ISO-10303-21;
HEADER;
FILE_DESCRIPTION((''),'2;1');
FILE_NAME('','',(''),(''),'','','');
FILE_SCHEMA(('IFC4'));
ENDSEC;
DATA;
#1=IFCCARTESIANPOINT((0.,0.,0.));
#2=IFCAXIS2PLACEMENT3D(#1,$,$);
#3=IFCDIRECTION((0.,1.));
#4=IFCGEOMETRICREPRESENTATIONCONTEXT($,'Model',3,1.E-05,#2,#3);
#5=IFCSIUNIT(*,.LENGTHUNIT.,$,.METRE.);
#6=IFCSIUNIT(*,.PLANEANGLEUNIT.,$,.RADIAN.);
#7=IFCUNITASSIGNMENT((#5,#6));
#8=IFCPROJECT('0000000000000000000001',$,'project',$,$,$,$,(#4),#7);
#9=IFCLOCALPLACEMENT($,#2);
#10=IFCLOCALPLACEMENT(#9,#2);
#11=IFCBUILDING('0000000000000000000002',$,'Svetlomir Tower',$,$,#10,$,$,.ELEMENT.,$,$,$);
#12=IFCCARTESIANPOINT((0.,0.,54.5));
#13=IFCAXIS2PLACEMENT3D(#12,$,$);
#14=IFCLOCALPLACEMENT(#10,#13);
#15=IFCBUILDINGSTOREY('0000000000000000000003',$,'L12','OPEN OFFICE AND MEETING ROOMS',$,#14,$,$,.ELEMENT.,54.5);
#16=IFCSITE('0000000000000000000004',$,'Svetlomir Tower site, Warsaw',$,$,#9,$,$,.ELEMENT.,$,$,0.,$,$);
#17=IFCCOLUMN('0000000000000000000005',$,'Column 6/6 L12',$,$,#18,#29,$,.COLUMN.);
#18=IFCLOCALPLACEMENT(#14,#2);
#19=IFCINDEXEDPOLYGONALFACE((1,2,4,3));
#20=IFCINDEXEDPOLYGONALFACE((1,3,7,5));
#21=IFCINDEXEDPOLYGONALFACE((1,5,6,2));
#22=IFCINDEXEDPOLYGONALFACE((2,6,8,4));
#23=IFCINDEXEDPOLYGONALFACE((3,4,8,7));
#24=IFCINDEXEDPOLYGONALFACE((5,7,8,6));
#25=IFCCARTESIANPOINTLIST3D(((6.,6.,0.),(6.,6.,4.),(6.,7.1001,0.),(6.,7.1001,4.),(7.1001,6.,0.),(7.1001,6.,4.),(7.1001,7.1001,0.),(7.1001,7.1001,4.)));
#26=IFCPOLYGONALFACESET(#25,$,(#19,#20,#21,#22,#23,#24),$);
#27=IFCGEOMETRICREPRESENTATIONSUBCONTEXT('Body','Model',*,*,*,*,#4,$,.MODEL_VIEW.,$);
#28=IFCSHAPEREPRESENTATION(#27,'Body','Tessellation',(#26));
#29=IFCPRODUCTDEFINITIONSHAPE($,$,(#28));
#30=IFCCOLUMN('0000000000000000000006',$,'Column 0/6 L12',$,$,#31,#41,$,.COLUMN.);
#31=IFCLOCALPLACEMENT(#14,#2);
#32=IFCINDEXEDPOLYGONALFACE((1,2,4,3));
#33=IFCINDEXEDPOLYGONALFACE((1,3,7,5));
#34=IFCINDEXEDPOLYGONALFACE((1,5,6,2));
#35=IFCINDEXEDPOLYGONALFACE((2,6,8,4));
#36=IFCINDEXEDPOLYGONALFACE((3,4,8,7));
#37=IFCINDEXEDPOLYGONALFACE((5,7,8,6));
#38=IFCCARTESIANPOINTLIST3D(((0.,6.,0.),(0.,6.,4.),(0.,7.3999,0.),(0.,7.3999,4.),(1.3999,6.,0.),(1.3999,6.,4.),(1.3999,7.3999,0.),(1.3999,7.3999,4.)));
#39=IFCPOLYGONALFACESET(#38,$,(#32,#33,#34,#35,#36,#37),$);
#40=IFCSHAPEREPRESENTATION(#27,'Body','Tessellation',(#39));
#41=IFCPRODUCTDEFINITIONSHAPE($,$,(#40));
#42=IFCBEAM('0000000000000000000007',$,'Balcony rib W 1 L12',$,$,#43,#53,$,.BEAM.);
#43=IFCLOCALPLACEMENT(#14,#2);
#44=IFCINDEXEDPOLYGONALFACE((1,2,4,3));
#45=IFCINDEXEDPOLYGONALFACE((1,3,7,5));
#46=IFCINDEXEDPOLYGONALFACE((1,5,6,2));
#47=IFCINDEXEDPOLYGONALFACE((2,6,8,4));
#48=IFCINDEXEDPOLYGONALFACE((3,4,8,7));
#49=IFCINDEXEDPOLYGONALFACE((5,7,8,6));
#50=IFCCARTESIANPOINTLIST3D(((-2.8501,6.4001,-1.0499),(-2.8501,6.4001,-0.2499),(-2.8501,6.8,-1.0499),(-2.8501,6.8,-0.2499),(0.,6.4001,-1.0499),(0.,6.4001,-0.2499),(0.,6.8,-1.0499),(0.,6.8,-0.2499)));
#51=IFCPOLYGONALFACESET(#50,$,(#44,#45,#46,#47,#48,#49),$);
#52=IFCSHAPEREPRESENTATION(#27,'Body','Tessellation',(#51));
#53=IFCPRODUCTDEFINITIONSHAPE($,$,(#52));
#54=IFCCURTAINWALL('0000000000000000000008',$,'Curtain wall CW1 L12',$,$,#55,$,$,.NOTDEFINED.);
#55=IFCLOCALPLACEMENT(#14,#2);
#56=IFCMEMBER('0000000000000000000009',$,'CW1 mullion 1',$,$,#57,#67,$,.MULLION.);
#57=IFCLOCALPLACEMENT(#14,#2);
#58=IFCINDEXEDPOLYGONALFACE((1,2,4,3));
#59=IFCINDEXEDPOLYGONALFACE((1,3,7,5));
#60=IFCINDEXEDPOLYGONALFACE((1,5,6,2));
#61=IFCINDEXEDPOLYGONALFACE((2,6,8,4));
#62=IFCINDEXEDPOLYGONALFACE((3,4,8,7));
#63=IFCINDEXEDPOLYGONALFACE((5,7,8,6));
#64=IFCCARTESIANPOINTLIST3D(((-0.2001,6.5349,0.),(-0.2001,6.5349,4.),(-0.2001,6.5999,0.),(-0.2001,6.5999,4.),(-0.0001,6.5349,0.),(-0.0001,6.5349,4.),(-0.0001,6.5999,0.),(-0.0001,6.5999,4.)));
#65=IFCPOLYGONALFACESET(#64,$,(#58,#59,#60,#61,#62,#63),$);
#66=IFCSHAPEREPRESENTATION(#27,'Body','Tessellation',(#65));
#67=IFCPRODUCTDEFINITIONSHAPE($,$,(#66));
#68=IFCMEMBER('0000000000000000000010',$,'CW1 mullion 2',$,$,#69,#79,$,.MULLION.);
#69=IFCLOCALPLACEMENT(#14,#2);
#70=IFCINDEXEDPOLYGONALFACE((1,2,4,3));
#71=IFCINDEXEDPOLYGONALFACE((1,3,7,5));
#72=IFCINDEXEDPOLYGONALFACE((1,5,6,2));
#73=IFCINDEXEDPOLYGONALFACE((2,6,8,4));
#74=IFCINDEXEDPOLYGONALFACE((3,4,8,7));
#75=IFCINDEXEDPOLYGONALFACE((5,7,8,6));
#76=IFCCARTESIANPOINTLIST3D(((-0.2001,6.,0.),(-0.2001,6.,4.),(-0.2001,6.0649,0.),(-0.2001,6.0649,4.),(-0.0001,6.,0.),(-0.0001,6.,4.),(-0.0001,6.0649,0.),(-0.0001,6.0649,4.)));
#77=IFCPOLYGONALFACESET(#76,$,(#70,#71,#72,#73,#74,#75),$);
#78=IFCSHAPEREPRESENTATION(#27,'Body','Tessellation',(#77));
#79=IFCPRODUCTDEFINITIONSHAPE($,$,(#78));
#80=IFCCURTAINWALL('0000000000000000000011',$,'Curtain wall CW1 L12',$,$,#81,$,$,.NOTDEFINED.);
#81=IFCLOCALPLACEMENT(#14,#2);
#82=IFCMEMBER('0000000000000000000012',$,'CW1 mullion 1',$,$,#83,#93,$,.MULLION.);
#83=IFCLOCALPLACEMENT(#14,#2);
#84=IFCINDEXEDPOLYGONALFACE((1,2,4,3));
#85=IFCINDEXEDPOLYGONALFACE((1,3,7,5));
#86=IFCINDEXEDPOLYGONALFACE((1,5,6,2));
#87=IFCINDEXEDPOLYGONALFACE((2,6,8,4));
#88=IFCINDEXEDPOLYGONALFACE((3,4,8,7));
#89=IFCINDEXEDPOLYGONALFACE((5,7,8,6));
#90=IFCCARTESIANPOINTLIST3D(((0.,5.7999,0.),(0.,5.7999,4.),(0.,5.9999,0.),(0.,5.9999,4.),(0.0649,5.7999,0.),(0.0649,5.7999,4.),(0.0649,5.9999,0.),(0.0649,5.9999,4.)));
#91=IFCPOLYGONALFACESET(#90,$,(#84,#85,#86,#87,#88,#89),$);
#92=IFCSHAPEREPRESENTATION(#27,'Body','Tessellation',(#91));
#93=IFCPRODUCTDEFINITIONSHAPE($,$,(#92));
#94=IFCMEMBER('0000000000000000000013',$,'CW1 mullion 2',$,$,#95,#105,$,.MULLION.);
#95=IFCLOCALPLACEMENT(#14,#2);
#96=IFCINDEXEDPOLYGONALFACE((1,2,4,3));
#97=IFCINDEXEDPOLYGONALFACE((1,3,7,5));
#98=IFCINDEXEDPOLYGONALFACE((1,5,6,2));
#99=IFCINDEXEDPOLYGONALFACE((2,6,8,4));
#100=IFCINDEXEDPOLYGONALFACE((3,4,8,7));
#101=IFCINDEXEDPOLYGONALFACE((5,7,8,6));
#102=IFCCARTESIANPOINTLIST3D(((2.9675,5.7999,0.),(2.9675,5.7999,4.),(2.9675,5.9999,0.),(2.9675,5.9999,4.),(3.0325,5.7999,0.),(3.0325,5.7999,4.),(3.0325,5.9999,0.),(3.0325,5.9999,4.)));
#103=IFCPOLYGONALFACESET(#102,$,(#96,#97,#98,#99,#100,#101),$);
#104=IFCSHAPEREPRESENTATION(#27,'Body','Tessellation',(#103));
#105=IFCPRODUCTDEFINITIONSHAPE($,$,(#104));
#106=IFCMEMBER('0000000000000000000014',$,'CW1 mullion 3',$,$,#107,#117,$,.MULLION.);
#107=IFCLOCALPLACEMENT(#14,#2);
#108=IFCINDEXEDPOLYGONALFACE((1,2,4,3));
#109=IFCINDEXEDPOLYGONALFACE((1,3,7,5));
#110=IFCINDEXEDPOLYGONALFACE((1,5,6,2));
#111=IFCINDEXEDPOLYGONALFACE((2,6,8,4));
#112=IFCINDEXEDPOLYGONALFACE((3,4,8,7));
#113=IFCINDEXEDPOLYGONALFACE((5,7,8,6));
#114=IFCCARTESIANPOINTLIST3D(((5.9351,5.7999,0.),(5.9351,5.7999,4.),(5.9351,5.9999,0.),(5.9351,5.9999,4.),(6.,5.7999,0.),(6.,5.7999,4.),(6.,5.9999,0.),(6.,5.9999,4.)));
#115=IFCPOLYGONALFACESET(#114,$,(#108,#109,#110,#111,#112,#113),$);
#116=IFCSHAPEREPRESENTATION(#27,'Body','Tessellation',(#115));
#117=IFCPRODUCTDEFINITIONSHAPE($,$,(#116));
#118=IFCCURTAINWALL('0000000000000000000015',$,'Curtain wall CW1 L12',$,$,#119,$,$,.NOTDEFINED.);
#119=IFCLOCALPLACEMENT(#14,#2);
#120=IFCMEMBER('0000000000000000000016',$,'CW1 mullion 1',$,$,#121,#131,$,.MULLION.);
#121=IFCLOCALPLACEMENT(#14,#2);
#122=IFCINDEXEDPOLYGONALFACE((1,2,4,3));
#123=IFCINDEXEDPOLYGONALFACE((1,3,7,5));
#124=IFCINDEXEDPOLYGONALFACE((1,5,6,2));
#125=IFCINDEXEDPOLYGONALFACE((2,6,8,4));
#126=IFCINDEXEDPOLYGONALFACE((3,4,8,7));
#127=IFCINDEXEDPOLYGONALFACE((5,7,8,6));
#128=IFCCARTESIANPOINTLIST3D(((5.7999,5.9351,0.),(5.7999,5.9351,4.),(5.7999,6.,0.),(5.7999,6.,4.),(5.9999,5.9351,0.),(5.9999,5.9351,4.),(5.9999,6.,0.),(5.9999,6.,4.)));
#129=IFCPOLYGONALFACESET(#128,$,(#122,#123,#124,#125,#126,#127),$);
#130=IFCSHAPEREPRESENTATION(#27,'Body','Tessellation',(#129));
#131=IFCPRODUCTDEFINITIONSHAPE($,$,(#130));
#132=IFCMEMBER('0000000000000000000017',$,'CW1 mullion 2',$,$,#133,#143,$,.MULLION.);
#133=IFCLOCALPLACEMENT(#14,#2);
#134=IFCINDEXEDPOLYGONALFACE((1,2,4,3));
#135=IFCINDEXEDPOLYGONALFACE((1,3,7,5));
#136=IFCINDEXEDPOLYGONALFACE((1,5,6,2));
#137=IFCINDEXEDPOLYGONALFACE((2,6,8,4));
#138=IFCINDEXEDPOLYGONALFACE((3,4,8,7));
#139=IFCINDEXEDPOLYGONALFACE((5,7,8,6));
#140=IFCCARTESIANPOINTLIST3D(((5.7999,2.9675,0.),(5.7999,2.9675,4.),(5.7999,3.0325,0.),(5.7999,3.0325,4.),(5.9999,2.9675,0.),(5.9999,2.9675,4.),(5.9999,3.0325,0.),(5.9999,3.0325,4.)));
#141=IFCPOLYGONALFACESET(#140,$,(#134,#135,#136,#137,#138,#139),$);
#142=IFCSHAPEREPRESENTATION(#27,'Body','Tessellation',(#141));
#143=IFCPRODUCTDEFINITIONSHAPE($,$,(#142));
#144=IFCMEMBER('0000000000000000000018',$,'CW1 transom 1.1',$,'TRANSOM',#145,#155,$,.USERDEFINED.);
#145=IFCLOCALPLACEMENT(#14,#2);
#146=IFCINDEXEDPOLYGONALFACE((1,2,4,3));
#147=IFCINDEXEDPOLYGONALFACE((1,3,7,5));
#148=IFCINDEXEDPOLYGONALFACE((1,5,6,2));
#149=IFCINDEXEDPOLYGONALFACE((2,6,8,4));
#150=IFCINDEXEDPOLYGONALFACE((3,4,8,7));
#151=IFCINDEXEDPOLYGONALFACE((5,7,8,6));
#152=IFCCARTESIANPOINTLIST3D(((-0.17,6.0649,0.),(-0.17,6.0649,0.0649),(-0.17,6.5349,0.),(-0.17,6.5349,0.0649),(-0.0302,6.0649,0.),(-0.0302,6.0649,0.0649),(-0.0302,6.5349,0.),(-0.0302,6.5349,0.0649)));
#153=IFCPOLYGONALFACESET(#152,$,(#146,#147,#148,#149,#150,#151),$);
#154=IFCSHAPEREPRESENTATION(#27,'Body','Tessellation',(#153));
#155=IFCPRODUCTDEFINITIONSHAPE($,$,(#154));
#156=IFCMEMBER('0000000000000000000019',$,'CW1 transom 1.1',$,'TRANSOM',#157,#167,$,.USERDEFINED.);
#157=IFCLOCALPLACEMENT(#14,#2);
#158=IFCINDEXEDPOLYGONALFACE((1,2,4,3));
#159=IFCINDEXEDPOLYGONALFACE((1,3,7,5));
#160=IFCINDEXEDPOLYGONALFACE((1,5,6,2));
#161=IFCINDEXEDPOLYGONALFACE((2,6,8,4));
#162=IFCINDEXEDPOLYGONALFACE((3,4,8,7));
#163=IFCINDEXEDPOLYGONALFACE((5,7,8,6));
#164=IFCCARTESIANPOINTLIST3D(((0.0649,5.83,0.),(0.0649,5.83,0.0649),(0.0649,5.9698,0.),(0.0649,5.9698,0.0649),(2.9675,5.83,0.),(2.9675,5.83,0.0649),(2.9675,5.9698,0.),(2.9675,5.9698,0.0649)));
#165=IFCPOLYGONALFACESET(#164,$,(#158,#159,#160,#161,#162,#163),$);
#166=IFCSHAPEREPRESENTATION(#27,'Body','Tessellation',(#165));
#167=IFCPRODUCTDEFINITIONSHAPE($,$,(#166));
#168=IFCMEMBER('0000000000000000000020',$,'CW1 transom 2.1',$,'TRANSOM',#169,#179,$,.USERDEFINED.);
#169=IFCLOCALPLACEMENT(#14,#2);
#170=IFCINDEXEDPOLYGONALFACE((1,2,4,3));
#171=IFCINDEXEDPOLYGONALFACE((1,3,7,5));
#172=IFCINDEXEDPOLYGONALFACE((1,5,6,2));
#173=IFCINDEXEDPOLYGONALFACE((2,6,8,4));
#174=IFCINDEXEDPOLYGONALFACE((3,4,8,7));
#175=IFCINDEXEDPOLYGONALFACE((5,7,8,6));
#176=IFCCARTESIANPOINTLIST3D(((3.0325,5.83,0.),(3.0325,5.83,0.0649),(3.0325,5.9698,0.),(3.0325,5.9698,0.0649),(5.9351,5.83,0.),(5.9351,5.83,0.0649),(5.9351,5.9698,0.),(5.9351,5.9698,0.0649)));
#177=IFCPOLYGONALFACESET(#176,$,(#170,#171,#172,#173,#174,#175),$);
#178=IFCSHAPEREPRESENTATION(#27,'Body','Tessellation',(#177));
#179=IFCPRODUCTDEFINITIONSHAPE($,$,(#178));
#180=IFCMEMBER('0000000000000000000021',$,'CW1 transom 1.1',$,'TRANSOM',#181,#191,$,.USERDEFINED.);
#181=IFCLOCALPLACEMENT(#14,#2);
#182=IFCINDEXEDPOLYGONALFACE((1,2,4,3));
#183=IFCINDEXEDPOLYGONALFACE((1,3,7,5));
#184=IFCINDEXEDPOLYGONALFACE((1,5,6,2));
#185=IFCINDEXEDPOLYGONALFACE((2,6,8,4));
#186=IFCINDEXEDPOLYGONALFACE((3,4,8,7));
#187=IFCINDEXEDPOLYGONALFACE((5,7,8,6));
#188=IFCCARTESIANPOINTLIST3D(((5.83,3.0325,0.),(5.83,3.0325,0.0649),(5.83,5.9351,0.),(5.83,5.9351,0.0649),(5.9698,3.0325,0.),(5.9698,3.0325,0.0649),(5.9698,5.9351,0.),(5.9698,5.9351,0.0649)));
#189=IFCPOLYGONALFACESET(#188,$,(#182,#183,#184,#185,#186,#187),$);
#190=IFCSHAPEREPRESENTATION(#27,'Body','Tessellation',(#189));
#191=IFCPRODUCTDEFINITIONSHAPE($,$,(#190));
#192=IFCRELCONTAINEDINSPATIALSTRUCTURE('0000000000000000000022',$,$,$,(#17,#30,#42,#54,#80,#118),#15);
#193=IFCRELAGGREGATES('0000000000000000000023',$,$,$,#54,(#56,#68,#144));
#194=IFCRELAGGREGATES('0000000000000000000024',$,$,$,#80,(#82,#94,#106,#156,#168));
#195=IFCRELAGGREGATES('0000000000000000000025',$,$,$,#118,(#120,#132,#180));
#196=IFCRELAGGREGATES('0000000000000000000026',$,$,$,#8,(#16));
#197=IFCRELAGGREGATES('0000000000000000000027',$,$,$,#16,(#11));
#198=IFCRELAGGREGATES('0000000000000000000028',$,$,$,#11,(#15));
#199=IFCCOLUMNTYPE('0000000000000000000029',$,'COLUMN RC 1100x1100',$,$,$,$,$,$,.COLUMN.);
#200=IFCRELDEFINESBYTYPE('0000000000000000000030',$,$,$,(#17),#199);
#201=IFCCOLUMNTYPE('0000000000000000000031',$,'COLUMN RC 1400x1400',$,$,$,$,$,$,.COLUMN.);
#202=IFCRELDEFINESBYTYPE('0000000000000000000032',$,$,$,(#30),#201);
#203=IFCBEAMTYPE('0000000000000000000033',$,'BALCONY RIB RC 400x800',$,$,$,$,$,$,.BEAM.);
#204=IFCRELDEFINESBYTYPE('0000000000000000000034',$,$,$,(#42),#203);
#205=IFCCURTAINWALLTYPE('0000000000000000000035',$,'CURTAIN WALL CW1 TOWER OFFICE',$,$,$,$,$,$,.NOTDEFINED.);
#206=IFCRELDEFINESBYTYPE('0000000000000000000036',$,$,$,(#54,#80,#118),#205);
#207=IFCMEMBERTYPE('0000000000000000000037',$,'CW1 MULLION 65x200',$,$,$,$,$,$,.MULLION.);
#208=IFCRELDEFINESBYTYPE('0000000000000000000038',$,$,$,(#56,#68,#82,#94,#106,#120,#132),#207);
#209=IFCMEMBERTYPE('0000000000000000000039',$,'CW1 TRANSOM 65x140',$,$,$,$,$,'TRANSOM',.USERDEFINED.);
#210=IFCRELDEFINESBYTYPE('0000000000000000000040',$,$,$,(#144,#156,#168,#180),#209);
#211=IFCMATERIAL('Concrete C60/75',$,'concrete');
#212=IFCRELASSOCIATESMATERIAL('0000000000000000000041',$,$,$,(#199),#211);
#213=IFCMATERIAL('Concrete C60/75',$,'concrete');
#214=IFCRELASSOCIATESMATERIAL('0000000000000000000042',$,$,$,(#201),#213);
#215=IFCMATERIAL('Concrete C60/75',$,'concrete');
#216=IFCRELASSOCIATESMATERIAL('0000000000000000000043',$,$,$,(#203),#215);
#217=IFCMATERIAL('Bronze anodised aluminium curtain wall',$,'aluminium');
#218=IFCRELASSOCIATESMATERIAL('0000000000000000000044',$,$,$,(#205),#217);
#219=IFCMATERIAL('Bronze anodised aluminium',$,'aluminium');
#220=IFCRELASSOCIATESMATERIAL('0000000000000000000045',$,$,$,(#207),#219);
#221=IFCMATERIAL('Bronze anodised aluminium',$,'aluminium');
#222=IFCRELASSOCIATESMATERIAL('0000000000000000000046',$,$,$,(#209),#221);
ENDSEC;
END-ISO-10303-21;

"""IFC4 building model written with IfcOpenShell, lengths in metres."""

from ifc_helpers import new_model, si_unit, direction, frame, origin, origin_2d, place, context, subcontext, project, spatial, rectangle, extrude, material, material_profile, profile_set, type_object, element, aggregate, save


model = new_model("IFC4")

# Units and contexts
model_context = context("Model", 3, precision=1e-05, world=origin(), true_north=direction((0.0, 1.0)))
body_context = subcontext(model_context, "Body", "Model", "MODEL_VIEW")
ifc_project = project(units=[si_unit("LENGTHUNIT", "METRE"), si_unit("PLANEANGLEUNIT", "RADIAN")], contexts=[model_context])

# Site, building, storey
site_placement = place(None, origin())
site = spatial("IfcSite", under=ifc_project, at=site_placement, Name="Svetlomir Tower site, Warsaw", CompositionType="ELEMENT", RefElevation=0.0)
building_placement = place(site_placement, origin())
building = spatial("IfcBuilding", under=site, at=building_placement, Name="Svetlomir Tower", CompositionType="ELEMENT")
storey_placement = place(building_placement, frame((0.0, 0.0, 54.5)))
storey = spatial("IfcBuildingStorey", under=building, at=storey_placement, Name="L12", Description="OPEN OFFICE AND MEETING ROOMS", CompositionType="ELEMENT", Elevation=54.5)

# Columns
ifc_material_1 = material(Name="Concrete C60/75", Category="concrete")
ifc_material_profile_1 = material_profile(ifc_material_1, rectangle(XDim=1.1001, YDim=1.1001, at=origin_2d()), Name="RC 1100x1100")
ifc_profile_set_1 = profile_set([ifc_material_profile_1], Name="Concrete C60/75")
column_type_1 = type_object("IfcColumnType", Name="COLUMN RC 1100x1100", PredefinedType="COLUMN", material=ifc_profile_set_1)
column_1_placement = place(storey_placement, frame((6.55, 6.55, 0.0), z_axis=(0.0, 0.0, 1.0), x_axis=(1.0, 0.0, 0.0)))
element("IfcColumn", 1, at=column_1_placement, inside=storey, type_object=column_type_1, Name="Column 6/6 L12", PredefinedType="COLUMN", context=body_context, shape_type="SweptSolid", body=[
    extrude(rectangle(XDim=1.1001, YDim=1.1001, at=origin_2d()), origin(), (0.0, 0.0, 1.0), 4.0),
])
ifc_material_2 = material(Name="Concrete C60/75", Category="concrete")
ifc_material_profile_2 = material_profile(ifc_material_2, rectangle(XDim=1.3999, YDim=1.3999, at=origin_2d()), Name="RC 1400x1400")
ifc_profile_set_2 = profile_set([ifc_material_profile_2], Name="Concrete C60/75")
column_type_2 = type_object("IfcColumnType", Name="COLUMN RC 1400x1400", PredefinedType="COLUMN", material=ifc_profile_set_2)
column_2_placement = place(storey_placement, frame((0.7, 6.7, 0.0), z_axis=(0.0, 0.0, 1.0), x_axis=(1.0, 0.0, 0.0)))
element("IfcColumn", 2, at=column_2_placement, inside=storey, type_object=column_type_2, Name="Column 0/6 L12", PredefinedType="COLUMN", context=body_context, shape_type="SweptSolid", body=[
    extrude(rectangle(XDim=1.3999, YDim=1.3999, at=origin_2d()), origin(), (0.0, 0.0, 1.0), 4.0),
])

# Beam
ifc_material_3 = material(Name="Concrete C60/75", Category="concrete")
ifc_material_profile_3 = material_profile(ifc_material_3, rectangle(XDim=0.3999, YDim=0.8, at=origin_2d()), Name="RC 400x800")
ifc_profile_set_3 = profile_set([ifc_material_profile_3], Name="Concrete C60/75")
beam_type_1 = type_object("IfcBeamType", Name="BALCONY RIB RC 400x800", PredefinedType="BEAM", material=ifc_profile_set_3)
beam_1_placement = place(storey_placement, frame((0.0, 6.6001, -0.6499), z_axis=(-1.0, 0.0, 0.0), x_axis=(0.0, -1.0, 0.0)))
element("IfcBeam", 3, at=beam_1_placement, inside=storey, type_object=beam_type_1, Name="Balcony rib W 1 L12", PredefinedType="BEAM", context=body_context, shape_type="SweptSolid", body=[
    extrude(rectangle(XDim=0.3999, YDim=0.8, at=origin_2d()), origin(), (0.0, 0.0, 1.0), 2.8501),
])

# Curtain walls, members
ifc_material_4 = material(Name="Bronze anodised aluminium curtain wall", Category="aluminium")
curtain_wall_type = type_object("IfcCurtainWallType", Name="CURTAIN WALL CW1 TOWER OFFICE", PredefinedType="NOTDEFINED", material=ifc_material_4)
curtain_wall_1_placement = place(storey_placement, origin())
curtain_wall_1 = element("IfcCurtainWall", 4, at=curtain_wall_1_placement, inside=storey, type_object=curtain_wall_type, Name="Curtain wall CW1 L12", PredefinedType="NOTDEFINED")
ifc_material_5 = material(Name="Bronze anodised aluminium", Category="aluminium")
ifc_material_profile_4 = material_profile(ifc_material_5, rectangle(XDim=0.0649, YDim=0.2, at=origin_2d()), Name="AL 65x200")
ifc_profile_set_4 = profile_set([ifc_material_profile_4], Name="Bronze anodised aluminium 6063-T6")
member_type_1 = type_object("IfcMemberType", Name="CW1 MULLION 65x200", PredefinedType="MULLION", material=ifc_profile_set_4)
member_1_placement = place(storey_placement, frame((-0.1001, 6.5674, 0.0), z_axis=(0.0, 0.0, 1.0), x_axis=(0.0, -1.0, 0.0)))
member_1 = element("IfcMember", 5, at=member_1_placement, type_object=member_type_1, Name="CW1 mullion 1", PredefinedType="MULLION", context=body_context, shape_type="SweptSolid", body=[
    extrude(rectangle(XDim=0.0649, YDim=0.2, at=origin_2d()), origin(), (0.0, 0.0, 1.0), 4.0),
])
member_2_placement = place(storey_placement, frame((-0.1001, 6.0325, 0.0), z_axis=(0.0, 0.0, 1.0), x_axis=(0.0, -1.0, 0.0)))
member_2 = element("IfcMember", 6, at=member_2_placement, type_object=member_type_1, Name="CW1 mullion 2", PredefinedType="MULLION", context=body_context, shape_type="SweptSolid", body=[
    extrude(rectangle(XDim=0.0649, YDim=0.2, at=origin_2d()), origin(), (0.0, 0.0, 1.0), 4.0),
])
curtain_wall_2_placement = place(storey_placement, origin())
curtain_wall_2 = element("IfcCurtainWall", 7, at=curtain_wall_2_placement, inside=storey, type_object=curtain_wall_type, Name="Curtain wall CW1 L12", PredefinedType="NOTDEFINED")
member_3_placement = place(storey_placement, frame((0.0325, 5.8999, 0.0), z_axis=(0.0, 0.0, 1.0), x_axis=(1.0, 0.0, 0.0)))
member_3 = element("IfcMember", 8, at=member_3_placement, type_object=member_type_1, Name="CW1 mullion 1", PredefinedType="MULLION", context=body_context, shape_type="SweptSolid", body=[
    extrude(rectangle(XDim=0.0649, YDim=0.2, at=origin_2d()), origin(), (0.0, 0.0, 1.0), 4.0),
])
member_4_placement = place(storey_placement, frame((3.0, 5.8999, 0.0), z_axis=(0.0, 0.0, 1.0), x_axis=(1.0, 0.0, 0.0)))
member_4 = element("IfcMember", 9, at=member_4_placement, type_object=member_type_1, Name="CW1 mullion 2", PredefinedType="MULLION", context=body_context, shape_type="SweptSolid", body=[
    extrude(rectangle(XDim=0.0649, YDim=0.2, at=origin_2d()), origin(), (0.0, 0.0, 1.0), 4.0),
])
member_5_placement = place(storey_placement, frame((5.9675, 5.8999, 0.0), z_axis=(0.0, 0.0, 1.0), x_axis=(1.0, 0.0, 0.0)))
member_5 = element("IfcMember", 10, at=member_5_placement, type_object=member_type_1, Name="CW1 mullion 3", PredefinedType="MULLION", context=body_context, shape_type="SweptSolid", body=[
    extrude(rectangle(XDim=0.0649, YDim=0.2, at=origin_2d()), origin(), (0.0, 0.0, 1.0), 4.0),
])
curtain_wall_3_placement = place(storey_placement, origin())
curtain_wall_3 = element("IfcCurtainWall", 11, at=curtain_wall_3_placement, inside=storey, type_object=curtain_wall_type, Name="Curtain wall CW1 L12", PredefinedType="NOTDEFINED")
member_6_placement = place(storey_placement, frame((5.8999, 5.9675, 0.0), z_axis=(0.0, 0.0, 1.0), x_axis=(0.0, -1.0, 0.0)))
member_6 = element("IfcMember", 12, at=member_6_placement, type_object=member_type_1, Name="CW1 mullion 1", PredefinedType="MULLION", context=body_context, shape_type="SweptSolid", body=[
    extrude(rectangle(XDim=0.0649, YDim=0.2, at=origin_2d()), origin(), (0.0, 0.0, 1.0), 4.0),
])
member_7_placement = place(storey_placement, frame((5.8999, 3.0, 0.0), z_axis=(0.0, 0.0, 1.0), x_axis=(0.0, -1.0, 0.0)))
member_7 = element("IfcMember", 13, at=member_7_placement, type_object=member_type_1, Name="CW1 mullion 2", PredefinedType="MULLION", context=body_context, shape_type="SweptSolid", body=[
    extrude(rectangle(XDim=0.0649, YDim=0.2, at=origin_2d()), origin(), (0.0, 0.0, 1.0), 4.0),
])

# Members
ifc_material_6 = material(Name="Bronze anodised aluminium", Category="aluminium")
ifc_material_profile_5 = material_profile(ifc_material_6, rectangle(XDim=0.1399, YDim=0.0649, at=origin_2d()), Name="AL 140x65")
ifc_profile_set_5 = profile_set([ifc_material_profile_5], Name="Bronze anodised aluminium 6063-T6")
member_type_2 = type_object("IfcMemberType", Name="CW1 TRANSOM 65x140", ElementType="TRANSOM", PredefinedType="USERDEFINED", material=ifc_profile_set_5)
member_8_placement = place(storey_placement, frame((-0.1001, 6.5349, 0.0325), z_axis=(0.0, -1.0, 0.0), x_axis=(1.0, 0.0, 0.0)))
member_8 = element("IfcMember", 14, at=member_8_placement, type_object=member_type_2, Name="CW1 transom 1.1", ObjectType="TRANSOM", PredefinedType="USERDEFINED", context=body_context, shape_type="SweptSolid", body=[
    extrude(rectangle(XDim=0.1399, YDim=0.0649, at=origin_2d()), origin(), (0.0, 0.0, 1.0), 0.47),
])
member_9_placement = place(storey_placement, frame((0.0649, 5.8999, 0.0325), z_axis=(1.0, 0.0, 0.0), x_axis=(0.0, 1.0, 0.0)))
member_9 = element("IfcMember", 15, at=member_9_placement, type_object=member_type_2, Name="CW1 transom 1.1", ObjectType="TRANSOM", PredefinedType="USERDEFINED", context=body_context, shape_type="SweptSolid", body=[
    extrude(rectangle(XDim=0.1399, YDim=0.0649, at=origin_2d()), origin(), (0.0, 0.0, 1.0), 2.9026),
])
member_10_placement = place(storey_placement, frame((3.0325, 5.8999, 0.0325), z_axis=(1.0, 0.0, 0.0), x_axis=(0.0, 1.0, 0.0)))
member_10 = element("IfcMember", 16, at=member_10_placement, type_object=member_type_2, Name="CW1 transom 2.1", ObjectType="TRANSOM", PredefinedType="USERDEFINED", context=body_context, shape_type="SweptSolid", body=[
    extrude(rectangle(XDim=0.1399, YDim=0.0649, at=origin_2d()), origin(), (0.0, 0.0, 1.0), 2.9026),
])
member_11_placement = place(storey_placement, frame((5.8999, 5.9351, 0.0325), z_axis=(0.0, -1.0, 0.0), x_axis=(1.0, 0.0, 0.0)))
member_11 = element("IfcMember", 17, at=member_11_placement, type_object=member_type_2, Name="CW1 transom 1.1", ObjectType="TRANSOM", PredefinedType="USERDEFINED", context=body_context, shape_type="SweptSolid", body=[
    extrude(rectangle(XDim=0.1399, YDim=0.0649, at=origin_2d()), origin(), (0.0, 0.0, 1.0), 2.9026),
])

aggregate(curtain_wall_1, [member_1, member_2, member_8])
aggregate(curtain_wall_2, [member_3, member_4, member_5, member_9, member_10])
aggregate(curtain_wall_3, [member_6, member_7, member_11])

save(model, "model.ifc")
